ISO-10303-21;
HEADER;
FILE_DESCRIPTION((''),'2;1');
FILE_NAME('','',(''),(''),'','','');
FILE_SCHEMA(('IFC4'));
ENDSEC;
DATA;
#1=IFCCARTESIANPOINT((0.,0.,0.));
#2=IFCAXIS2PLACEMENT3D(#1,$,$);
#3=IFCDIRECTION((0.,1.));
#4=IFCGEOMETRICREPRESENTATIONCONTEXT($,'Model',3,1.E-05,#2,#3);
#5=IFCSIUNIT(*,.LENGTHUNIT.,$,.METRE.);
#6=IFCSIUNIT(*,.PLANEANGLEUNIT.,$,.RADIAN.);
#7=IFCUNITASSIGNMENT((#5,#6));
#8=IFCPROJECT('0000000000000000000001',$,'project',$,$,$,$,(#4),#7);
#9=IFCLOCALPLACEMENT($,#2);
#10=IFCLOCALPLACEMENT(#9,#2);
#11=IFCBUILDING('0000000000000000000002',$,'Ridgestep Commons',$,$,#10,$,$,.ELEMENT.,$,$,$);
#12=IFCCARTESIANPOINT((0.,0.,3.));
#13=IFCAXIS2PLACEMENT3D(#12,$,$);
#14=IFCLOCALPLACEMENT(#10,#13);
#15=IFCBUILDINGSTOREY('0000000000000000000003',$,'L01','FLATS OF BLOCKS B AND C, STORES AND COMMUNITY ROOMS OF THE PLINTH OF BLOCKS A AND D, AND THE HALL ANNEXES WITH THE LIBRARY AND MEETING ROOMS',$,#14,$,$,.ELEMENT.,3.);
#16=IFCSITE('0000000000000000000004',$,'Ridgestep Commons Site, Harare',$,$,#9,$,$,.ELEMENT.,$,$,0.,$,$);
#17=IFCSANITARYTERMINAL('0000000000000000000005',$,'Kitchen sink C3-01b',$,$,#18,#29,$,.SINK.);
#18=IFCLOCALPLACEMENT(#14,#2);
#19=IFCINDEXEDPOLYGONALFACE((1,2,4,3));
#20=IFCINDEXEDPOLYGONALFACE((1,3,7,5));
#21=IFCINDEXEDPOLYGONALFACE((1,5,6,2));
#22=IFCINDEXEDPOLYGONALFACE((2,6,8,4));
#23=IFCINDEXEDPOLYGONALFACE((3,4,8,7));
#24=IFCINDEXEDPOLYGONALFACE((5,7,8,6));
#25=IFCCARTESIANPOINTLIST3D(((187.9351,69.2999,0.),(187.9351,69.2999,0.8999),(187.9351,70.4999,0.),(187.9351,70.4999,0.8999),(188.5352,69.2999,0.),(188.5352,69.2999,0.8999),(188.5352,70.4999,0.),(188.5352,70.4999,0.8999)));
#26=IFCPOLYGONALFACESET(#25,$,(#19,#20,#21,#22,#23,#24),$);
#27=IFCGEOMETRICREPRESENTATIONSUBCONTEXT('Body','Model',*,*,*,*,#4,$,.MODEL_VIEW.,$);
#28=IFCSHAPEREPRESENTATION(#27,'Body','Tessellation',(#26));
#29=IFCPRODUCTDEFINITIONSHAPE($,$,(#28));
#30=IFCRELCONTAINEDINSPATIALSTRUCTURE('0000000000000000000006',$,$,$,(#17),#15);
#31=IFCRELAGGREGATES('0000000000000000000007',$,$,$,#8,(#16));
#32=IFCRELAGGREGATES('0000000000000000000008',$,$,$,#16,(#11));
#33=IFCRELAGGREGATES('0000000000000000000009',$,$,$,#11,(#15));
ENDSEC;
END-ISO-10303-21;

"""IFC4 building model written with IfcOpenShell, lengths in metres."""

from ifc_helpers import new_model, si_unit, direction, frame, origin, origin_2d, place, context, subcontext, project, spatial, rectangle, extrude, element, save


model = new_model("IFC4")

# Units and contexts
model_context = context("Model", 3, precision=1e-05, world=origin(), true_north=direction((0.0, 1.0)))
body_context = subcontext(model_context, "Body", "Model", "MODEL_VIEW")
ifc_project = project(units=[si_unit("LENGTHUNIT", "METRE"), si_unit("PLANEANGLEUNIT", "RADIAN")], contexts=[model_context])

# Site, building, storey
site_placement = place(None, origin())
site = spatial("IfcSite", under=ifc_project, at=site_placement, Name="Ridgestep Commons Site, Harare", CompositionType="ELEMENT", RefElevation=0.0)
building_placement = place(site_placement, origin())
building = spatial("IfcBuilding", under=site, at=building_placement, Name="Ridgestep Commons", CompositionType="ELEMENT")
storey_placement = place(building_placement, frame((0.0, 0.0, 3.0)))
storey = spatial("IfcBuildingStorey", under=building, at=storey_placement, Name="L01", Description="FLATS OF BLOCKS B AND C, STORES AND COMMUNITY ROOMS OF THE PLINTH OF BLOCKS A AND D, AND THE HALL ANNEXES WITH THE LIBRARY AND MEETING ROOMS", CompositionType="ELEMENT", Elevation=3.0)

# Sanitary terminal
sanitary_terminal_1_placement = place(storey_placement, frame((188.2351, 69.8999, 0.0), z_axis=(0.0, 0.0, 1.0), x_axis=(1.0, 0.0, 0.0)))
element("IfcSanitaryTerminal", 1, at=sanitary_terminal_1_placement, inside=storey, Name="Kitchen sink C3-01b", PredefinedType="SINK", context=body_context, shape_type="SweptSolid", body=[
    extrude(rectangle(XDim=0.6001, YDim=1.2, at=origin_2d()), origin(), (0.0, 0.0, 1.0), 0.8999),
])

save(model, "model.ifc")
